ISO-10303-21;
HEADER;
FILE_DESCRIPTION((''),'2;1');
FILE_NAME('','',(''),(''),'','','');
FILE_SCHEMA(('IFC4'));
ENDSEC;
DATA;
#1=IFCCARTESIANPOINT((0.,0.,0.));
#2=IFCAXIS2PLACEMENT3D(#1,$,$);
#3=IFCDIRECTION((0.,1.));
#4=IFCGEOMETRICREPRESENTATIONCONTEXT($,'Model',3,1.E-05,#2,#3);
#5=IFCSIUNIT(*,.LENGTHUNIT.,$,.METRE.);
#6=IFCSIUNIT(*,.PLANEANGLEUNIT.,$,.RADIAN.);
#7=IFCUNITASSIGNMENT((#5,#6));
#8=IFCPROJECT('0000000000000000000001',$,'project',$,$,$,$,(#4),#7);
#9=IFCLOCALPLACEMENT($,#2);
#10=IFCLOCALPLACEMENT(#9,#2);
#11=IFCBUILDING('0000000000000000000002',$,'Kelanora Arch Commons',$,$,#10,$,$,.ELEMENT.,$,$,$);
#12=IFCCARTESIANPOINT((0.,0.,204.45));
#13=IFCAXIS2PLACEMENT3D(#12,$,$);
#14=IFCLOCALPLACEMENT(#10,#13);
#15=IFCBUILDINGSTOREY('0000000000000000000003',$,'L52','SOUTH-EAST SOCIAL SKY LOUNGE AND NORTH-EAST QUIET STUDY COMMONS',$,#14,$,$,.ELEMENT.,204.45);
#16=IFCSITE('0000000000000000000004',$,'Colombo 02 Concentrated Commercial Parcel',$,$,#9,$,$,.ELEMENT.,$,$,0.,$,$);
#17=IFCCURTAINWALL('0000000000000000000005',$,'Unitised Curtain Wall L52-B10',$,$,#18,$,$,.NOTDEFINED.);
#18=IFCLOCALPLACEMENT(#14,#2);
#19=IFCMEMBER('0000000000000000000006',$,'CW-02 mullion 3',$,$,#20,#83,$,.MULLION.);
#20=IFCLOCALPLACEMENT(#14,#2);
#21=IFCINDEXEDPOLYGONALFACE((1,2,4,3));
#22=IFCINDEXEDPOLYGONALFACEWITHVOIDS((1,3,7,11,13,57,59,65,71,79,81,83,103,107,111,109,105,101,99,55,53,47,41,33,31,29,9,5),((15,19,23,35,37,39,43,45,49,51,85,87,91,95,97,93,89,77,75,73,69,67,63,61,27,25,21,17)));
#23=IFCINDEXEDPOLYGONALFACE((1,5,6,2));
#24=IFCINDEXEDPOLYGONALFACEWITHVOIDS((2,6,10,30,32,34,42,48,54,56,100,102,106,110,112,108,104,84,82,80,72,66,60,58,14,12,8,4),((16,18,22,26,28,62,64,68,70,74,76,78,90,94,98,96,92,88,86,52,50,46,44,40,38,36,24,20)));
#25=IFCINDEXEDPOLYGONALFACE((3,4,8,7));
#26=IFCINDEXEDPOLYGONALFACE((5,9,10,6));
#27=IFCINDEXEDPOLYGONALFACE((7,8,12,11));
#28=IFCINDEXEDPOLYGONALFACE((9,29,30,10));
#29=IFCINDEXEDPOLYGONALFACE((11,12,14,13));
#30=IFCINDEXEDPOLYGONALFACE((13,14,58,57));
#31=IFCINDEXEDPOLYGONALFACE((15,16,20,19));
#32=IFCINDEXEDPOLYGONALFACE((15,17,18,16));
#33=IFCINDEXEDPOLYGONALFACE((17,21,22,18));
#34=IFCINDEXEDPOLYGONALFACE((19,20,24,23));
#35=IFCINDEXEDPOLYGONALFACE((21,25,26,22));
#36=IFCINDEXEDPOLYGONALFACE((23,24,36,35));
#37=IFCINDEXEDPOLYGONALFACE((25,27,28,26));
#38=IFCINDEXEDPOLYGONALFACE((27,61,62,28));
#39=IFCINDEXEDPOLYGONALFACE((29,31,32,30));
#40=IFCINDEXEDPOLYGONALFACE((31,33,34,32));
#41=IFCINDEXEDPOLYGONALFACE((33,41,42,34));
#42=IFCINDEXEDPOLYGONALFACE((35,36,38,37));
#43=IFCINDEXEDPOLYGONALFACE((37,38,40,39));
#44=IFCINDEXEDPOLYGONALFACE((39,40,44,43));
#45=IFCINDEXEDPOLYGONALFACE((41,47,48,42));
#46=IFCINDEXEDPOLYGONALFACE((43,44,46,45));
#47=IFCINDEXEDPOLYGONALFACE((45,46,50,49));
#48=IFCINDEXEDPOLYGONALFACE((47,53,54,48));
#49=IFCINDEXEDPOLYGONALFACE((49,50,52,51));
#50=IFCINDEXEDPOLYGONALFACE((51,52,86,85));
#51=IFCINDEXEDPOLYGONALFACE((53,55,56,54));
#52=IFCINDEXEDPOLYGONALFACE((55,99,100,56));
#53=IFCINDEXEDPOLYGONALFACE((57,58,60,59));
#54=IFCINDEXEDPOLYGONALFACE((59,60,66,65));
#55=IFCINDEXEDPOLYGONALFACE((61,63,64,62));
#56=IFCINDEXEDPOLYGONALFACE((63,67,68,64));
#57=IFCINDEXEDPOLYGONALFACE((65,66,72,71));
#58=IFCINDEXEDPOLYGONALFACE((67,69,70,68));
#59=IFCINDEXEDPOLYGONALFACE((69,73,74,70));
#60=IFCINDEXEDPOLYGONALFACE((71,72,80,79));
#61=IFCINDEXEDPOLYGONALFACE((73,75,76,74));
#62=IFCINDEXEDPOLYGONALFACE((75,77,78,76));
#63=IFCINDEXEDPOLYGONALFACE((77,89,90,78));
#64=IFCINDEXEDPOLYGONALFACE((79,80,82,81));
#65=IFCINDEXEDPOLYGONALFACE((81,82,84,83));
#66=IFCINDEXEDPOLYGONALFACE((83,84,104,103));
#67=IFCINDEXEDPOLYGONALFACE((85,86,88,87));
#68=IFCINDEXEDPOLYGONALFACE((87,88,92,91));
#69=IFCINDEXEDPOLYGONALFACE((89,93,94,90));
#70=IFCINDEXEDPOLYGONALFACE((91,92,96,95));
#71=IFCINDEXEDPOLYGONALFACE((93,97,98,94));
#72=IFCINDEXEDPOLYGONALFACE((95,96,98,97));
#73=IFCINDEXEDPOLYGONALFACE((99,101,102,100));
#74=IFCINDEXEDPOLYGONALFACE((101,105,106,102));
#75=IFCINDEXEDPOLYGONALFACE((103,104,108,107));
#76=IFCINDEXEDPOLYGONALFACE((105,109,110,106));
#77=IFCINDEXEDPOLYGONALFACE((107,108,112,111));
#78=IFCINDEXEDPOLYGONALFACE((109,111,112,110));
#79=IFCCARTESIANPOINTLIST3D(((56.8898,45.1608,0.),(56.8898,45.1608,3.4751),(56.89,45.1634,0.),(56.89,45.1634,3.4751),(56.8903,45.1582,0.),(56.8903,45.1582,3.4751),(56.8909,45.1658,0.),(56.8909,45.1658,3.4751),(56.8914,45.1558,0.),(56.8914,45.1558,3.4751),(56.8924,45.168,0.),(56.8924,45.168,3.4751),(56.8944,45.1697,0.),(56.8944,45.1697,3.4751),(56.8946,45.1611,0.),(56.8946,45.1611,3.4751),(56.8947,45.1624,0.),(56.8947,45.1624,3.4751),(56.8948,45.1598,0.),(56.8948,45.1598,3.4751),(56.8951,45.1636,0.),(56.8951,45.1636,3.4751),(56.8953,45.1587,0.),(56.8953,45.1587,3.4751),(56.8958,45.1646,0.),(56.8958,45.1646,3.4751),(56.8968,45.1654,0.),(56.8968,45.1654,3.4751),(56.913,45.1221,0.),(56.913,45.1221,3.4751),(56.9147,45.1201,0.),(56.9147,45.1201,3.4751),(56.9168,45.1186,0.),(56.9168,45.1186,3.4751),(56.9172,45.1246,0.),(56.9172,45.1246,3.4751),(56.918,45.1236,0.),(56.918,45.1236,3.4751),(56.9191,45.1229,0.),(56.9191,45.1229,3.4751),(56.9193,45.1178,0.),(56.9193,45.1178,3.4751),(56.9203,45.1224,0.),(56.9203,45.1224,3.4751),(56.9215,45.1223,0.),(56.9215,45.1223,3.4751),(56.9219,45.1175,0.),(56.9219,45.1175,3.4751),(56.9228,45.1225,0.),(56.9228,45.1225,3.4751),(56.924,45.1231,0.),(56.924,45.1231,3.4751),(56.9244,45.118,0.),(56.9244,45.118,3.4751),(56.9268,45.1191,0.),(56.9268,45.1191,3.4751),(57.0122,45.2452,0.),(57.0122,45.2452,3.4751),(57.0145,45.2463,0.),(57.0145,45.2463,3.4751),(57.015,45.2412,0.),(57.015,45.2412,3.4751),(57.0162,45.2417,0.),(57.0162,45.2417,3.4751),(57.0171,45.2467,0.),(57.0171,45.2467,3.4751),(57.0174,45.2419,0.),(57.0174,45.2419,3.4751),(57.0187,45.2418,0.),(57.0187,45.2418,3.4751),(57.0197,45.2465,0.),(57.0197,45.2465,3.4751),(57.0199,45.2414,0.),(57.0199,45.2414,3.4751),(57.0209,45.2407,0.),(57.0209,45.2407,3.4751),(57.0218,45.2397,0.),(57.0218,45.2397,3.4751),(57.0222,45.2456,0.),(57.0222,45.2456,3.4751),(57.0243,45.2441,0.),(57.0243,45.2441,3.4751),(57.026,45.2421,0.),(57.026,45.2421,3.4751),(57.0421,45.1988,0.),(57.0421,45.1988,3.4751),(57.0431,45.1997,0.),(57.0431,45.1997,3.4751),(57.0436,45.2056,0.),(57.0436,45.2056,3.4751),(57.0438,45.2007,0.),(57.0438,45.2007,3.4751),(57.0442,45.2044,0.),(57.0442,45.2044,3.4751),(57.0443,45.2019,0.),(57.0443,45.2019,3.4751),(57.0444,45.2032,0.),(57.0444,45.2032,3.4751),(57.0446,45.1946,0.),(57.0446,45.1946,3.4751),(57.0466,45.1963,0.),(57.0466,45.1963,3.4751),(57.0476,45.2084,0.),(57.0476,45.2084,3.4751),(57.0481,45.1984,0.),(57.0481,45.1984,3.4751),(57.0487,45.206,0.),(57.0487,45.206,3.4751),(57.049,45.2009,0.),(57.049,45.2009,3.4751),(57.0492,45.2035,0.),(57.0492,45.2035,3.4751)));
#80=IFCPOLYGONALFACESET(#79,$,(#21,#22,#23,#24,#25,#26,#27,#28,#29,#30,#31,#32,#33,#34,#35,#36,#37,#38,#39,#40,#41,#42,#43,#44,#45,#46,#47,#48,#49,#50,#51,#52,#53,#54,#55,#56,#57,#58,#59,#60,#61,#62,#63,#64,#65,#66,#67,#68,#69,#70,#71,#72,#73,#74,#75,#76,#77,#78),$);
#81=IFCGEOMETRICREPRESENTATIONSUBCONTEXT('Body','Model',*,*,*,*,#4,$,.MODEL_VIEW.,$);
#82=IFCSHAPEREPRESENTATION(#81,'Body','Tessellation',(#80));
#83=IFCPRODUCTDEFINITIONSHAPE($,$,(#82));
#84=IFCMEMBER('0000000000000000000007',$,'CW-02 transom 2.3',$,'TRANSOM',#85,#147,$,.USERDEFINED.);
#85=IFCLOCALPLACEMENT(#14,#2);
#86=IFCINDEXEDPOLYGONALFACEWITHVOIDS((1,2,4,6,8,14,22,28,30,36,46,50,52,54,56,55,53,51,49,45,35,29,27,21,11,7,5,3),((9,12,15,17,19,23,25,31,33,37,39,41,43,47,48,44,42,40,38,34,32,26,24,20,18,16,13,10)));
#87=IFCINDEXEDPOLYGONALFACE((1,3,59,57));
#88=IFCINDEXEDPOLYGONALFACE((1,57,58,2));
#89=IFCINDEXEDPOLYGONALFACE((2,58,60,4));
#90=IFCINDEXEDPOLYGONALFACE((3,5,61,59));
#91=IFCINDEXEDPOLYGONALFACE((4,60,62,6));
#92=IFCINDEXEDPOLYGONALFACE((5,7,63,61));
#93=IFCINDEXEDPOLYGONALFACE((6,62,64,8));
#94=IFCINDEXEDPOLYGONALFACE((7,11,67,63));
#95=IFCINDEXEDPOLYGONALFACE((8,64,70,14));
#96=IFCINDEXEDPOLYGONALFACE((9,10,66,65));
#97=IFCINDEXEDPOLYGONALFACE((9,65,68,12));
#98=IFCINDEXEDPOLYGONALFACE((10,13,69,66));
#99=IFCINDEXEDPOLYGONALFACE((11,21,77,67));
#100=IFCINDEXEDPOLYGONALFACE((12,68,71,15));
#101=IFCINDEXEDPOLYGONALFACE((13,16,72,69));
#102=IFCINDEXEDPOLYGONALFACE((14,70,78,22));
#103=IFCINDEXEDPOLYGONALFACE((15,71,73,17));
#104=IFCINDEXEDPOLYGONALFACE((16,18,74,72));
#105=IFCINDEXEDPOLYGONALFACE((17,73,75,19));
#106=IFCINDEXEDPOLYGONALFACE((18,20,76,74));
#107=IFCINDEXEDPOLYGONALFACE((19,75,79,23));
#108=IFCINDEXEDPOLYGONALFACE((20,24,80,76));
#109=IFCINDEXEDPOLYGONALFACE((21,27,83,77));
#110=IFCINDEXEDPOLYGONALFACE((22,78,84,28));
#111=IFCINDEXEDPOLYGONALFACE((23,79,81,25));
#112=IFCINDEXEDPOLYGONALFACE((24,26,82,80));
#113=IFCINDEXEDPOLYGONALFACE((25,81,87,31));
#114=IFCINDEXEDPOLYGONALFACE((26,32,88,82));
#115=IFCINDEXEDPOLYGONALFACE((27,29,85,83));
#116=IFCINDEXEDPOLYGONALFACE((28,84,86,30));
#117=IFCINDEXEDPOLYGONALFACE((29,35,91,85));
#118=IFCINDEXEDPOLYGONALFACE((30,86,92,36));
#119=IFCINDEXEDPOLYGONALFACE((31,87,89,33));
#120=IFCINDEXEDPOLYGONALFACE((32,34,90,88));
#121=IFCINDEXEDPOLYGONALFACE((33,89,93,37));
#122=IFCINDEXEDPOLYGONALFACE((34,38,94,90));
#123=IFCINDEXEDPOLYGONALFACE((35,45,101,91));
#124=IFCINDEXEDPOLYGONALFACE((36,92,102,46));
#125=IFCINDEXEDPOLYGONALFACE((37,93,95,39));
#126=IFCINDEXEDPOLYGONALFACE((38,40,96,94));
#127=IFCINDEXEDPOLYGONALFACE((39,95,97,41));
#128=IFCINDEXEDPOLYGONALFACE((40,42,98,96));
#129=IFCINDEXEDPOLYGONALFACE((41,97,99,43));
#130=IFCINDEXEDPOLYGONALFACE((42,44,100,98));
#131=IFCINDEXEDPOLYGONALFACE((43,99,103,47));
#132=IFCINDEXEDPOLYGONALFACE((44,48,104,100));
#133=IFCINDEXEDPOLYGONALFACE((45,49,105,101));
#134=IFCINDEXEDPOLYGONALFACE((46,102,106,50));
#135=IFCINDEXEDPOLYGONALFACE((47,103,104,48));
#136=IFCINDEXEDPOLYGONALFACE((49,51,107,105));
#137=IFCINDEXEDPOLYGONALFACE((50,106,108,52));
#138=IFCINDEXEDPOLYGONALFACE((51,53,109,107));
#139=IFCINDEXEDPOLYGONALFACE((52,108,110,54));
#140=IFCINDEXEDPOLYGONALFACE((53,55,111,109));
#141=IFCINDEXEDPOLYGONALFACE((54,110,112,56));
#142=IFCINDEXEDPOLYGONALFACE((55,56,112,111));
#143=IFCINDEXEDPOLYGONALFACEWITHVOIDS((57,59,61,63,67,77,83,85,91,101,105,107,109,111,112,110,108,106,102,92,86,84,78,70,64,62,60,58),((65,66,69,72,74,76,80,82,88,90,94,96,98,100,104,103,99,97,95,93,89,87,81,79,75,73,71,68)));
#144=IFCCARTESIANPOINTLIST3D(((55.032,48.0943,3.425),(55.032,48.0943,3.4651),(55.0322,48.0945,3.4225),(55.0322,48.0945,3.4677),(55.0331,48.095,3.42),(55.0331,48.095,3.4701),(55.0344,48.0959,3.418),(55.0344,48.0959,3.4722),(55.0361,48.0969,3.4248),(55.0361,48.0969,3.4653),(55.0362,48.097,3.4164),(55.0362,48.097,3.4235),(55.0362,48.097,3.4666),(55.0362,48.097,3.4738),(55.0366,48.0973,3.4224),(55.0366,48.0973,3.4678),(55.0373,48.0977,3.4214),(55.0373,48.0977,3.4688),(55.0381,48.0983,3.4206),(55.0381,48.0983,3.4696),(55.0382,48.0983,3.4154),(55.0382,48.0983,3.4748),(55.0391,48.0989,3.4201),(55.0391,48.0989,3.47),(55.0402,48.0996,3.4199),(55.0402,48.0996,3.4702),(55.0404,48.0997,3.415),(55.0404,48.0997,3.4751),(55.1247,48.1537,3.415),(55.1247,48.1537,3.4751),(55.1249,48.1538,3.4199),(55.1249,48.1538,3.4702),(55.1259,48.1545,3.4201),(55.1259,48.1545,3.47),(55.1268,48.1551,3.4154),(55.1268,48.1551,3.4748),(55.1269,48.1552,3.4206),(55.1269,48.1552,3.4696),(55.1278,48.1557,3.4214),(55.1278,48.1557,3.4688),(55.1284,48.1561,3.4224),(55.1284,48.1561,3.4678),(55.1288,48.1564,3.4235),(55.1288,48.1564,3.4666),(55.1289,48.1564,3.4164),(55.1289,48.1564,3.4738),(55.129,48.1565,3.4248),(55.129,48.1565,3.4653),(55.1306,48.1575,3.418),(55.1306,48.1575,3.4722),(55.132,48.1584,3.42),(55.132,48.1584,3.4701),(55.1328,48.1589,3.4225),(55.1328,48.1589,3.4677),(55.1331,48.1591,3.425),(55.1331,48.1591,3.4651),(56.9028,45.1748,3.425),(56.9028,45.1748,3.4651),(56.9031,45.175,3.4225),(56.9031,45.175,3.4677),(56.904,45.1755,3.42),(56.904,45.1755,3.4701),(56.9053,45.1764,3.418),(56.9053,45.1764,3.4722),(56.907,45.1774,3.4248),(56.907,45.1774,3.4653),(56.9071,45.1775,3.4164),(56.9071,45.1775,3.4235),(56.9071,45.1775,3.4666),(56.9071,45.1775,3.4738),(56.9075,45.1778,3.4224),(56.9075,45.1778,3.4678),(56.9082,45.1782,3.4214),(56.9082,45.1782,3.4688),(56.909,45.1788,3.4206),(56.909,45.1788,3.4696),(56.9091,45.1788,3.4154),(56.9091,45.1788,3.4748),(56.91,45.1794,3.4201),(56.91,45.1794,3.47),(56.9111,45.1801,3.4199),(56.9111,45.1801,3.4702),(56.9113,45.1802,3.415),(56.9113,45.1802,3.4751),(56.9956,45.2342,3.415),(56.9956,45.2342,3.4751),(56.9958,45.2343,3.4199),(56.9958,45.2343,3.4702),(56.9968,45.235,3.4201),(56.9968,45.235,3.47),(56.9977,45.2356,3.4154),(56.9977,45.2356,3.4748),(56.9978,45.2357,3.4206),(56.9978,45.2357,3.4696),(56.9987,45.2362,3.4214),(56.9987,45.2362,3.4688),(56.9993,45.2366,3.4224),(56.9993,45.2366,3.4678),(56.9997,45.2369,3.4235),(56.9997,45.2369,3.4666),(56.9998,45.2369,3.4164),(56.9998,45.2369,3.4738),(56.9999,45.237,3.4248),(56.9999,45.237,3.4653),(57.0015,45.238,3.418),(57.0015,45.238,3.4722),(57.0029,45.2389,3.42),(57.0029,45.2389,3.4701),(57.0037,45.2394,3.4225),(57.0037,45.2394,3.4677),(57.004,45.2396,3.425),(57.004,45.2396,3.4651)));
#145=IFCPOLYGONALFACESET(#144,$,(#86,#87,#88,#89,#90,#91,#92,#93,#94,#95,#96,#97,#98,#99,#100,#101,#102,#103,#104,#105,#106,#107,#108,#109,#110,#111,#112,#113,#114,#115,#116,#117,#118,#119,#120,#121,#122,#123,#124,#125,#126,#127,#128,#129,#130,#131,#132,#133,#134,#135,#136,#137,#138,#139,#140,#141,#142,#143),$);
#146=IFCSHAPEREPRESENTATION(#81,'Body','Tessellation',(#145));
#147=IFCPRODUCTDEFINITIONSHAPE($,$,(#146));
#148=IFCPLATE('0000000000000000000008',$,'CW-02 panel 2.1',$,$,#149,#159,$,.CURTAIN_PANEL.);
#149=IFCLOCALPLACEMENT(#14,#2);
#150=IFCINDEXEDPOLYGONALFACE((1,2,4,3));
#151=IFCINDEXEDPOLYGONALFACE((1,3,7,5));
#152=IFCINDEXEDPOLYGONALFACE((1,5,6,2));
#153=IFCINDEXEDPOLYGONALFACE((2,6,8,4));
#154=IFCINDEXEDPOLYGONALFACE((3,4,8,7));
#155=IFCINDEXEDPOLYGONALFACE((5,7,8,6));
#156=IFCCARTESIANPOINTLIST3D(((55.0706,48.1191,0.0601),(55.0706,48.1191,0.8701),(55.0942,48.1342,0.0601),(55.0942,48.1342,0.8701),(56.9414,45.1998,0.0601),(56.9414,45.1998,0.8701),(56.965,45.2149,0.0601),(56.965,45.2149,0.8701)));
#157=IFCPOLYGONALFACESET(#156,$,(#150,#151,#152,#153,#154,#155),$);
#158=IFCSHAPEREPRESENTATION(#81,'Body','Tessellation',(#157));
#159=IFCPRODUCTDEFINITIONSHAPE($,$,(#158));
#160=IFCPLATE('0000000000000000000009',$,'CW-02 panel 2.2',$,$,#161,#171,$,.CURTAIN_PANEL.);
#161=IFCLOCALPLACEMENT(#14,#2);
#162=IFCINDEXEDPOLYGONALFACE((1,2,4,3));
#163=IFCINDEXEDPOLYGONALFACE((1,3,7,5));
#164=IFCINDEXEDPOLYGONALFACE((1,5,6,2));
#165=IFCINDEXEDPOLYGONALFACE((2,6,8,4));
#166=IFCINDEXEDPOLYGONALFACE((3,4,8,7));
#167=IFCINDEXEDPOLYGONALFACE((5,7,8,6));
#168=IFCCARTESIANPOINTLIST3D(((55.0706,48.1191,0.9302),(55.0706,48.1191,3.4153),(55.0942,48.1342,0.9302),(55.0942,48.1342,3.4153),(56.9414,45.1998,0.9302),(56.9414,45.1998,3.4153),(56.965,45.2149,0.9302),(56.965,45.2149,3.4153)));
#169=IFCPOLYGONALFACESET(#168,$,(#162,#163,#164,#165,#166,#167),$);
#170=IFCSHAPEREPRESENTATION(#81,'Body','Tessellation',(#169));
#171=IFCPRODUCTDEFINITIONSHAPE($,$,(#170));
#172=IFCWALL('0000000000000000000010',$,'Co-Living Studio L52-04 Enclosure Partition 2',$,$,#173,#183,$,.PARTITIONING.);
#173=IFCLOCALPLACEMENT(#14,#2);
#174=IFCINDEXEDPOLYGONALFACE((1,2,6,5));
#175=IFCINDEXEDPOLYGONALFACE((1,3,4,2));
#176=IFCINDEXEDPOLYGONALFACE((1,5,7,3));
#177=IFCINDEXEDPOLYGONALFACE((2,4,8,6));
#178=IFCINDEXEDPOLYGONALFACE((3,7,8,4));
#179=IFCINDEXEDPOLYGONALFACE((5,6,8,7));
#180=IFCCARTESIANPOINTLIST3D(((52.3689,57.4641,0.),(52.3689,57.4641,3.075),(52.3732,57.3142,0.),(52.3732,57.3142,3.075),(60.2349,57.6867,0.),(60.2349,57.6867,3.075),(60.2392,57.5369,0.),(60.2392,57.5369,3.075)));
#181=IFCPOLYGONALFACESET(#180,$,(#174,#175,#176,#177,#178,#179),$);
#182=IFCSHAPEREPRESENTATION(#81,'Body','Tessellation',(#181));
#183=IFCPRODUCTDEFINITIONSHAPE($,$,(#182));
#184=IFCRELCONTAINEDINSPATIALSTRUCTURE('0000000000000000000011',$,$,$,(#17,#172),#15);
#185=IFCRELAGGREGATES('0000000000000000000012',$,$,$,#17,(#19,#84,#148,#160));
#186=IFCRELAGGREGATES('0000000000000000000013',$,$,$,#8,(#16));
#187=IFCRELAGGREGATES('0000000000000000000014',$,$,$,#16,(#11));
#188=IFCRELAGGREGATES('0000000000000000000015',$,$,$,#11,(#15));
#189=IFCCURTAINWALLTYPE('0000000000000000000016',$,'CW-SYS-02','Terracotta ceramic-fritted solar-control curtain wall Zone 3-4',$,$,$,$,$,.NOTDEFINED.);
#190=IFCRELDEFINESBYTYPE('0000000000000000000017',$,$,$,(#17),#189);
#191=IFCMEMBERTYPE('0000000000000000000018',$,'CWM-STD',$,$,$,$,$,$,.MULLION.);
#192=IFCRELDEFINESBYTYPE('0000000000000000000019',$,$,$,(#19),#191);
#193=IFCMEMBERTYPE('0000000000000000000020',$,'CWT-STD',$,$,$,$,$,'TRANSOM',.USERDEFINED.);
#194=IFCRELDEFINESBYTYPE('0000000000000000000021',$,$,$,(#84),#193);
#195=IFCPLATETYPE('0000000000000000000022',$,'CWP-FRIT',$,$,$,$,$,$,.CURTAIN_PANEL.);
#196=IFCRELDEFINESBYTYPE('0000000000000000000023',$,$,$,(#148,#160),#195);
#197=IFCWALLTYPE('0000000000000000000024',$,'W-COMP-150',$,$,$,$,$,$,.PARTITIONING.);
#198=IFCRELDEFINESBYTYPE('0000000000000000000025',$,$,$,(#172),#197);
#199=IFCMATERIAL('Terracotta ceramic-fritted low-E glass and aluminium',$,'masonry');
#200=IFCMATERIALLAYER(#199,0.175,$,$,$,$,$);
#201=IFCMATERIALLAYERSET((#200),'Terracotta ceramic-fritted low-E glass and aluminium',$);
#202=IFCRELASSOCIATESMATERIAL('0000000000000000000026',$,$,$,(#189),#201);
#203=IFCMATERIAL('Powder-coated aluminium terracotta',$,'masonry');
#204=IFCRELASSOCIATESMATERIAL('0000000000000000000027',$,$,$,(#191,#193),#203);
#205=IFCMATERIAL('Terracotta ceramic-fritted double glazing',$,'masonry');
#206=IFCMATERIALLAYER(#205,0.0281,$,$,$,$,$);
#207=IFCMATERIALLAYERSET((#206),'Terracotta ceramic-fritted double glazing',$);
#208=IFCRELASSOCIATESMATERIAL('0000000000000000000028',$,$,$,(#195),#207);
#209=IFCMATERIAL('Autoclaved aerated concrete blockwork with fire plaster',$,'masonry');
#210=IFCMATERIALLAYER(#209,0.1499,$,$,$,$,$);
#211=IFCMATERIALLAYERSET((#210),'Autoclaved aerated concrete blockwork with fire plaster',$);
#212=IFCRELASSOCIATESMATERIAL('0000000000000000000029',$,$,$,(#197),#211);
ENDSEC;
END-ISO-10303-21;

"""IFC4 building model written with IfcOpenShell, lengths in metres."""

from ifc_helpers import new_model, si_unit, direction, frame, frame_2d, origin, origin_2d, place, context, subcontext, project, spatial, rectangle, hollow_rectangle, extrude, source, transform, mapped, material, layer, layer_set, material_profile, profile_set, type_object, element, aggregate, save


model = new_model("IFC4")

# Units and contexts
model_context = context("Model", 3, precision=1e-05, world=origin(), true_north=direction((0.0, 1.0)))
body_context = subcontext(model_context, "Body", "Model", "MODEL_VIEW")
ifc_project = project(units=[si_unit("LENGTHUNIT", "METRE"), si_unit("PLANEANGLEUNIT", "RADIAN")], contexts=[model_context])

# Site, building, storey
site_placement = place(None, origin())
site = spatial("IfcSite", under=ifc_project, at=site_placement, Name="Colombo 02 Concentrated Commercial Parcel", CompositionType="ELEMENT", RefElevation=0.0)
building_placement = place(site_placement, origin())
building = spatial("IfcBuilding", under=site, at=building_placement, Name="Kelanora Arch Commons", CompositionType="ELEMENT")
storey_placement = place(building_placement, frame((0.0, 0.0, 204.45)))
storey = spatial("IfcBuildingStorey", under=building, at=storey_placement, Name="L52", Description="SOUTH-EAST SOCIAL SKY LOUNGE AND NORTH-EAST QUIET STUDY COMMONS", CompositionType="ELEMENT", Elevation=204.45)

# Curtain wall, members, plates
ifc_material_1 = material(Name="Terracotta ceramic-fritted low-E glass and aluminium", Category="masonry")
ifc_layer_1 = layer(ifc_material_1, 0.175)
ifc_layer_set_1 = layer_set([ifc_layer_1], Name="Terracotta ceramic-fritted low-E glass and aluminium")
curtain_wall_type = type_object("IfcCurtainWallType", Name="CW-SYS-02", Description="Terracotta ceramic-fritted solar-control curtain wall Zone 3-4", PredefinedType="NOTDEFINED", material=ifc_layer_set_1)
curtain_wall_placement = place(storey_placement, origin())
curtain_wall = element("IfcCurtainWall", 1, at=curtain_wall_placement, inside=storey, type_object=curtain_wall_type, Name="Unitised Curtain Wall L52-B10", PredefinedType="NOTDEFINED")
ifc_material_2 = material(Name="Powder-coated aluminium terracotta", Category="masonry")
ifc_material_profile_1 = material_profile(ifc_material_2, hollow_rectangle(XDim=0.1599, YDim=0.0601, WallThickness=0.0049, InnerFilletRadius=0.0049, OuterFilletRadius=0.01, at=origin_2d()), Name="CWM160x60")
ifc_profile_set_1 = profile_set([ifc_material_profile_1], Name="Powder-coated aluminium terracotta")
member_type_1 = type_object("IfcMemberType", Name="CWM-STD", PredefinedType="MULLION", material=ifc_profile_set_1)
member_1_placement = place(storey_placement, frame((56.9695, 45.1821, 0.0), z_axis=(0.0, 0.0, 1.0), x_axis=(0.841948, 0.539559, 0.0)))
member_1 = element("IfcMember", 2, at=member_1_placement, type_object=member_type_1, Name="CW-02 mullion 3", PredefinedType="MULLION", context=body_context, shape_type="SweptSolid", body=[
    extrude(hollow_rectangle(XDim=0.1599, YDim=0.0601, WallThickness=0.0049, InnerFilletRadius=0.0049, OuterFilletRadius=0.01, at=origin_2d()), origin(), (0.0, 0.0, 1.0), 3.4751),
])
ifc_material_profile_2 = material_profile(ifc_material_2, hollow_rectangle(XDim=0.1201, YDim=0.0601, WallThickness=0.0049, InnerFilletRadius=0.0049, OuterFilletRadius=0.01, at=origin_2d()), Name="CWT120x60")
ifc_profile_set_2 = profile_set([ifc_material_profile_2], Name="Powder-coated aluminium terracotta")
member_type_2 = type_object("IfcMemberType", Name="CWT-STD", ElementType="TRANSOM", PredefinedType="USERDEFINED", material=ifc_profile_set_2)
member_2_placement = place(storey_placement, frame((55.0825, 48.1267, 3.4451), z_axis=(0.539547, -0.841955, 0.0), x_axis=(0.841955, 0.539547, 0.0)))
member_2 = element("IfcMember", 3, at=member_2_placement, type_object=member_type_2, Name="CW-02 transom 2.3", ObjectType="TRANSOM", PredefinedType="USERDEFINED", context=body_context, shape_type="SweptSolid", body=[
    extrude(hollow_rectangle(XDim=0.1201, YDim=0.0601, WallThickness=0.0049, InnerFilletRadius=0.0049, OuterFilletRadius=0.01, at=origin_2d()), origin(), (0.0, 0.0, 1.0), 3.4675),
])
ifc_material_3 = material(Name="Terracotta ceramic-fritted double glazing", Category="masonry")
ifc_layer_2 = layer(ifc_material_3, 0.0281)
ifc_layer_set_2 = layer_set([ifc_layer_2], Name="Terracotta ceramic-fritted double glazing")
plate_type = type_object("IfcPlateType", Name="CWP-FRIT", PredefinedType="CURTAIN_PANEL", material=ifc_layer_set_2)
shared_shape_1 = source(origin(), body_context, "Body", "SweptSolid", [
    extrude(rectangle(XDim=3.4673, YDim=0.0281, at=origin_2d()), origin(), (0.0, 0.0, 1.0), 0.8101),
])
plate_1_placement = place(storey_placement, frame((56.0178, 46.667, 0.0601), z_axis=(0.0, 0.0, 1.0), x_axis=(0.539559, -0.841948, 0.0)))
plate_1 = element("IfcPlate", 4, at=plate_1_placement, type_object=plate_type, Name="CW-02 panel 2.1", PredefinedType="CURTAIN_PANEL", context=body_context, shape_type="MappedRepresentation", body=[
    mapped(shared_shape_1, transform((0.0, 0.0, 0.0), scale=1.0)),
])
shared_shape_2 = source(origin(), body_context, "Body", "SweptSolid", [
    extrude(rectangle(XDim=3.4673, YDim=0.0281, at=origin_2d()), origin(), (0.0, 0.0, 1.0), 2.4851),
])
plate_2_placement = place(storey_placement, frame((56.0178, 46.667, 0.9302), z_axis=(0.0, 0.0, 1.0), x_axis=(0.539559, -0.841948, 0.0)))
plate_2 = element("IfcPlate", 5, at=plate_2_placement, type_object=plate_type, Name="CW-02 panel 2.2", PredefinedType="CURTAIN_PANEL", context=body_context, shape_type="MappedRepresentation", body=[
    mapped(shared_shape_2, transform((0.0, 0.0, 0.0), scale=1.0)),
])
aggregate(curtain_wall, [member_1, member_2, plate_1, plate_2])

# Wall
ifc_material_4 = material(Name="Autoclaved aerated concrete blockwork with fire plaster", Category="masonry")
ifc_layer_3 = layer(ifc_material_4, 0.1499)
ifc_layer_set_3 = layer_set([ifc_layer_3], Name="Autoclaved aerated concrete blockwork with fire plaster")
wall_type_1 = type_object("IfcWallType", Name="W-COMP-150", PredefinedType="PARTITIONING", material=ifc_layer_set_3)
wall_1_placement = place(storey_placement, frame((60.2371, 57.6118, 0.0), z_axis=(0.0, 0.0, 1.0), x_axis=(-0.9996, -0.028295, 0.0)))
element("IfcWall", 6, at=wall_1_placement, inside=storey, type_object=wall_type_1, Name="Co-Living Studio L52-04 Enclosure Partition 2", PredefinedType="PARTITIONING", context=body_context, shape_type="SweptSolid", body=[
    extrude(rectangle(XDim=7.8691, YDim=0.1499, at=frame_2d((3.9346, 0.0))), origin(), (0.0, 0.0, 1.0), 3.075),
])

save(model, "model.ifc")
